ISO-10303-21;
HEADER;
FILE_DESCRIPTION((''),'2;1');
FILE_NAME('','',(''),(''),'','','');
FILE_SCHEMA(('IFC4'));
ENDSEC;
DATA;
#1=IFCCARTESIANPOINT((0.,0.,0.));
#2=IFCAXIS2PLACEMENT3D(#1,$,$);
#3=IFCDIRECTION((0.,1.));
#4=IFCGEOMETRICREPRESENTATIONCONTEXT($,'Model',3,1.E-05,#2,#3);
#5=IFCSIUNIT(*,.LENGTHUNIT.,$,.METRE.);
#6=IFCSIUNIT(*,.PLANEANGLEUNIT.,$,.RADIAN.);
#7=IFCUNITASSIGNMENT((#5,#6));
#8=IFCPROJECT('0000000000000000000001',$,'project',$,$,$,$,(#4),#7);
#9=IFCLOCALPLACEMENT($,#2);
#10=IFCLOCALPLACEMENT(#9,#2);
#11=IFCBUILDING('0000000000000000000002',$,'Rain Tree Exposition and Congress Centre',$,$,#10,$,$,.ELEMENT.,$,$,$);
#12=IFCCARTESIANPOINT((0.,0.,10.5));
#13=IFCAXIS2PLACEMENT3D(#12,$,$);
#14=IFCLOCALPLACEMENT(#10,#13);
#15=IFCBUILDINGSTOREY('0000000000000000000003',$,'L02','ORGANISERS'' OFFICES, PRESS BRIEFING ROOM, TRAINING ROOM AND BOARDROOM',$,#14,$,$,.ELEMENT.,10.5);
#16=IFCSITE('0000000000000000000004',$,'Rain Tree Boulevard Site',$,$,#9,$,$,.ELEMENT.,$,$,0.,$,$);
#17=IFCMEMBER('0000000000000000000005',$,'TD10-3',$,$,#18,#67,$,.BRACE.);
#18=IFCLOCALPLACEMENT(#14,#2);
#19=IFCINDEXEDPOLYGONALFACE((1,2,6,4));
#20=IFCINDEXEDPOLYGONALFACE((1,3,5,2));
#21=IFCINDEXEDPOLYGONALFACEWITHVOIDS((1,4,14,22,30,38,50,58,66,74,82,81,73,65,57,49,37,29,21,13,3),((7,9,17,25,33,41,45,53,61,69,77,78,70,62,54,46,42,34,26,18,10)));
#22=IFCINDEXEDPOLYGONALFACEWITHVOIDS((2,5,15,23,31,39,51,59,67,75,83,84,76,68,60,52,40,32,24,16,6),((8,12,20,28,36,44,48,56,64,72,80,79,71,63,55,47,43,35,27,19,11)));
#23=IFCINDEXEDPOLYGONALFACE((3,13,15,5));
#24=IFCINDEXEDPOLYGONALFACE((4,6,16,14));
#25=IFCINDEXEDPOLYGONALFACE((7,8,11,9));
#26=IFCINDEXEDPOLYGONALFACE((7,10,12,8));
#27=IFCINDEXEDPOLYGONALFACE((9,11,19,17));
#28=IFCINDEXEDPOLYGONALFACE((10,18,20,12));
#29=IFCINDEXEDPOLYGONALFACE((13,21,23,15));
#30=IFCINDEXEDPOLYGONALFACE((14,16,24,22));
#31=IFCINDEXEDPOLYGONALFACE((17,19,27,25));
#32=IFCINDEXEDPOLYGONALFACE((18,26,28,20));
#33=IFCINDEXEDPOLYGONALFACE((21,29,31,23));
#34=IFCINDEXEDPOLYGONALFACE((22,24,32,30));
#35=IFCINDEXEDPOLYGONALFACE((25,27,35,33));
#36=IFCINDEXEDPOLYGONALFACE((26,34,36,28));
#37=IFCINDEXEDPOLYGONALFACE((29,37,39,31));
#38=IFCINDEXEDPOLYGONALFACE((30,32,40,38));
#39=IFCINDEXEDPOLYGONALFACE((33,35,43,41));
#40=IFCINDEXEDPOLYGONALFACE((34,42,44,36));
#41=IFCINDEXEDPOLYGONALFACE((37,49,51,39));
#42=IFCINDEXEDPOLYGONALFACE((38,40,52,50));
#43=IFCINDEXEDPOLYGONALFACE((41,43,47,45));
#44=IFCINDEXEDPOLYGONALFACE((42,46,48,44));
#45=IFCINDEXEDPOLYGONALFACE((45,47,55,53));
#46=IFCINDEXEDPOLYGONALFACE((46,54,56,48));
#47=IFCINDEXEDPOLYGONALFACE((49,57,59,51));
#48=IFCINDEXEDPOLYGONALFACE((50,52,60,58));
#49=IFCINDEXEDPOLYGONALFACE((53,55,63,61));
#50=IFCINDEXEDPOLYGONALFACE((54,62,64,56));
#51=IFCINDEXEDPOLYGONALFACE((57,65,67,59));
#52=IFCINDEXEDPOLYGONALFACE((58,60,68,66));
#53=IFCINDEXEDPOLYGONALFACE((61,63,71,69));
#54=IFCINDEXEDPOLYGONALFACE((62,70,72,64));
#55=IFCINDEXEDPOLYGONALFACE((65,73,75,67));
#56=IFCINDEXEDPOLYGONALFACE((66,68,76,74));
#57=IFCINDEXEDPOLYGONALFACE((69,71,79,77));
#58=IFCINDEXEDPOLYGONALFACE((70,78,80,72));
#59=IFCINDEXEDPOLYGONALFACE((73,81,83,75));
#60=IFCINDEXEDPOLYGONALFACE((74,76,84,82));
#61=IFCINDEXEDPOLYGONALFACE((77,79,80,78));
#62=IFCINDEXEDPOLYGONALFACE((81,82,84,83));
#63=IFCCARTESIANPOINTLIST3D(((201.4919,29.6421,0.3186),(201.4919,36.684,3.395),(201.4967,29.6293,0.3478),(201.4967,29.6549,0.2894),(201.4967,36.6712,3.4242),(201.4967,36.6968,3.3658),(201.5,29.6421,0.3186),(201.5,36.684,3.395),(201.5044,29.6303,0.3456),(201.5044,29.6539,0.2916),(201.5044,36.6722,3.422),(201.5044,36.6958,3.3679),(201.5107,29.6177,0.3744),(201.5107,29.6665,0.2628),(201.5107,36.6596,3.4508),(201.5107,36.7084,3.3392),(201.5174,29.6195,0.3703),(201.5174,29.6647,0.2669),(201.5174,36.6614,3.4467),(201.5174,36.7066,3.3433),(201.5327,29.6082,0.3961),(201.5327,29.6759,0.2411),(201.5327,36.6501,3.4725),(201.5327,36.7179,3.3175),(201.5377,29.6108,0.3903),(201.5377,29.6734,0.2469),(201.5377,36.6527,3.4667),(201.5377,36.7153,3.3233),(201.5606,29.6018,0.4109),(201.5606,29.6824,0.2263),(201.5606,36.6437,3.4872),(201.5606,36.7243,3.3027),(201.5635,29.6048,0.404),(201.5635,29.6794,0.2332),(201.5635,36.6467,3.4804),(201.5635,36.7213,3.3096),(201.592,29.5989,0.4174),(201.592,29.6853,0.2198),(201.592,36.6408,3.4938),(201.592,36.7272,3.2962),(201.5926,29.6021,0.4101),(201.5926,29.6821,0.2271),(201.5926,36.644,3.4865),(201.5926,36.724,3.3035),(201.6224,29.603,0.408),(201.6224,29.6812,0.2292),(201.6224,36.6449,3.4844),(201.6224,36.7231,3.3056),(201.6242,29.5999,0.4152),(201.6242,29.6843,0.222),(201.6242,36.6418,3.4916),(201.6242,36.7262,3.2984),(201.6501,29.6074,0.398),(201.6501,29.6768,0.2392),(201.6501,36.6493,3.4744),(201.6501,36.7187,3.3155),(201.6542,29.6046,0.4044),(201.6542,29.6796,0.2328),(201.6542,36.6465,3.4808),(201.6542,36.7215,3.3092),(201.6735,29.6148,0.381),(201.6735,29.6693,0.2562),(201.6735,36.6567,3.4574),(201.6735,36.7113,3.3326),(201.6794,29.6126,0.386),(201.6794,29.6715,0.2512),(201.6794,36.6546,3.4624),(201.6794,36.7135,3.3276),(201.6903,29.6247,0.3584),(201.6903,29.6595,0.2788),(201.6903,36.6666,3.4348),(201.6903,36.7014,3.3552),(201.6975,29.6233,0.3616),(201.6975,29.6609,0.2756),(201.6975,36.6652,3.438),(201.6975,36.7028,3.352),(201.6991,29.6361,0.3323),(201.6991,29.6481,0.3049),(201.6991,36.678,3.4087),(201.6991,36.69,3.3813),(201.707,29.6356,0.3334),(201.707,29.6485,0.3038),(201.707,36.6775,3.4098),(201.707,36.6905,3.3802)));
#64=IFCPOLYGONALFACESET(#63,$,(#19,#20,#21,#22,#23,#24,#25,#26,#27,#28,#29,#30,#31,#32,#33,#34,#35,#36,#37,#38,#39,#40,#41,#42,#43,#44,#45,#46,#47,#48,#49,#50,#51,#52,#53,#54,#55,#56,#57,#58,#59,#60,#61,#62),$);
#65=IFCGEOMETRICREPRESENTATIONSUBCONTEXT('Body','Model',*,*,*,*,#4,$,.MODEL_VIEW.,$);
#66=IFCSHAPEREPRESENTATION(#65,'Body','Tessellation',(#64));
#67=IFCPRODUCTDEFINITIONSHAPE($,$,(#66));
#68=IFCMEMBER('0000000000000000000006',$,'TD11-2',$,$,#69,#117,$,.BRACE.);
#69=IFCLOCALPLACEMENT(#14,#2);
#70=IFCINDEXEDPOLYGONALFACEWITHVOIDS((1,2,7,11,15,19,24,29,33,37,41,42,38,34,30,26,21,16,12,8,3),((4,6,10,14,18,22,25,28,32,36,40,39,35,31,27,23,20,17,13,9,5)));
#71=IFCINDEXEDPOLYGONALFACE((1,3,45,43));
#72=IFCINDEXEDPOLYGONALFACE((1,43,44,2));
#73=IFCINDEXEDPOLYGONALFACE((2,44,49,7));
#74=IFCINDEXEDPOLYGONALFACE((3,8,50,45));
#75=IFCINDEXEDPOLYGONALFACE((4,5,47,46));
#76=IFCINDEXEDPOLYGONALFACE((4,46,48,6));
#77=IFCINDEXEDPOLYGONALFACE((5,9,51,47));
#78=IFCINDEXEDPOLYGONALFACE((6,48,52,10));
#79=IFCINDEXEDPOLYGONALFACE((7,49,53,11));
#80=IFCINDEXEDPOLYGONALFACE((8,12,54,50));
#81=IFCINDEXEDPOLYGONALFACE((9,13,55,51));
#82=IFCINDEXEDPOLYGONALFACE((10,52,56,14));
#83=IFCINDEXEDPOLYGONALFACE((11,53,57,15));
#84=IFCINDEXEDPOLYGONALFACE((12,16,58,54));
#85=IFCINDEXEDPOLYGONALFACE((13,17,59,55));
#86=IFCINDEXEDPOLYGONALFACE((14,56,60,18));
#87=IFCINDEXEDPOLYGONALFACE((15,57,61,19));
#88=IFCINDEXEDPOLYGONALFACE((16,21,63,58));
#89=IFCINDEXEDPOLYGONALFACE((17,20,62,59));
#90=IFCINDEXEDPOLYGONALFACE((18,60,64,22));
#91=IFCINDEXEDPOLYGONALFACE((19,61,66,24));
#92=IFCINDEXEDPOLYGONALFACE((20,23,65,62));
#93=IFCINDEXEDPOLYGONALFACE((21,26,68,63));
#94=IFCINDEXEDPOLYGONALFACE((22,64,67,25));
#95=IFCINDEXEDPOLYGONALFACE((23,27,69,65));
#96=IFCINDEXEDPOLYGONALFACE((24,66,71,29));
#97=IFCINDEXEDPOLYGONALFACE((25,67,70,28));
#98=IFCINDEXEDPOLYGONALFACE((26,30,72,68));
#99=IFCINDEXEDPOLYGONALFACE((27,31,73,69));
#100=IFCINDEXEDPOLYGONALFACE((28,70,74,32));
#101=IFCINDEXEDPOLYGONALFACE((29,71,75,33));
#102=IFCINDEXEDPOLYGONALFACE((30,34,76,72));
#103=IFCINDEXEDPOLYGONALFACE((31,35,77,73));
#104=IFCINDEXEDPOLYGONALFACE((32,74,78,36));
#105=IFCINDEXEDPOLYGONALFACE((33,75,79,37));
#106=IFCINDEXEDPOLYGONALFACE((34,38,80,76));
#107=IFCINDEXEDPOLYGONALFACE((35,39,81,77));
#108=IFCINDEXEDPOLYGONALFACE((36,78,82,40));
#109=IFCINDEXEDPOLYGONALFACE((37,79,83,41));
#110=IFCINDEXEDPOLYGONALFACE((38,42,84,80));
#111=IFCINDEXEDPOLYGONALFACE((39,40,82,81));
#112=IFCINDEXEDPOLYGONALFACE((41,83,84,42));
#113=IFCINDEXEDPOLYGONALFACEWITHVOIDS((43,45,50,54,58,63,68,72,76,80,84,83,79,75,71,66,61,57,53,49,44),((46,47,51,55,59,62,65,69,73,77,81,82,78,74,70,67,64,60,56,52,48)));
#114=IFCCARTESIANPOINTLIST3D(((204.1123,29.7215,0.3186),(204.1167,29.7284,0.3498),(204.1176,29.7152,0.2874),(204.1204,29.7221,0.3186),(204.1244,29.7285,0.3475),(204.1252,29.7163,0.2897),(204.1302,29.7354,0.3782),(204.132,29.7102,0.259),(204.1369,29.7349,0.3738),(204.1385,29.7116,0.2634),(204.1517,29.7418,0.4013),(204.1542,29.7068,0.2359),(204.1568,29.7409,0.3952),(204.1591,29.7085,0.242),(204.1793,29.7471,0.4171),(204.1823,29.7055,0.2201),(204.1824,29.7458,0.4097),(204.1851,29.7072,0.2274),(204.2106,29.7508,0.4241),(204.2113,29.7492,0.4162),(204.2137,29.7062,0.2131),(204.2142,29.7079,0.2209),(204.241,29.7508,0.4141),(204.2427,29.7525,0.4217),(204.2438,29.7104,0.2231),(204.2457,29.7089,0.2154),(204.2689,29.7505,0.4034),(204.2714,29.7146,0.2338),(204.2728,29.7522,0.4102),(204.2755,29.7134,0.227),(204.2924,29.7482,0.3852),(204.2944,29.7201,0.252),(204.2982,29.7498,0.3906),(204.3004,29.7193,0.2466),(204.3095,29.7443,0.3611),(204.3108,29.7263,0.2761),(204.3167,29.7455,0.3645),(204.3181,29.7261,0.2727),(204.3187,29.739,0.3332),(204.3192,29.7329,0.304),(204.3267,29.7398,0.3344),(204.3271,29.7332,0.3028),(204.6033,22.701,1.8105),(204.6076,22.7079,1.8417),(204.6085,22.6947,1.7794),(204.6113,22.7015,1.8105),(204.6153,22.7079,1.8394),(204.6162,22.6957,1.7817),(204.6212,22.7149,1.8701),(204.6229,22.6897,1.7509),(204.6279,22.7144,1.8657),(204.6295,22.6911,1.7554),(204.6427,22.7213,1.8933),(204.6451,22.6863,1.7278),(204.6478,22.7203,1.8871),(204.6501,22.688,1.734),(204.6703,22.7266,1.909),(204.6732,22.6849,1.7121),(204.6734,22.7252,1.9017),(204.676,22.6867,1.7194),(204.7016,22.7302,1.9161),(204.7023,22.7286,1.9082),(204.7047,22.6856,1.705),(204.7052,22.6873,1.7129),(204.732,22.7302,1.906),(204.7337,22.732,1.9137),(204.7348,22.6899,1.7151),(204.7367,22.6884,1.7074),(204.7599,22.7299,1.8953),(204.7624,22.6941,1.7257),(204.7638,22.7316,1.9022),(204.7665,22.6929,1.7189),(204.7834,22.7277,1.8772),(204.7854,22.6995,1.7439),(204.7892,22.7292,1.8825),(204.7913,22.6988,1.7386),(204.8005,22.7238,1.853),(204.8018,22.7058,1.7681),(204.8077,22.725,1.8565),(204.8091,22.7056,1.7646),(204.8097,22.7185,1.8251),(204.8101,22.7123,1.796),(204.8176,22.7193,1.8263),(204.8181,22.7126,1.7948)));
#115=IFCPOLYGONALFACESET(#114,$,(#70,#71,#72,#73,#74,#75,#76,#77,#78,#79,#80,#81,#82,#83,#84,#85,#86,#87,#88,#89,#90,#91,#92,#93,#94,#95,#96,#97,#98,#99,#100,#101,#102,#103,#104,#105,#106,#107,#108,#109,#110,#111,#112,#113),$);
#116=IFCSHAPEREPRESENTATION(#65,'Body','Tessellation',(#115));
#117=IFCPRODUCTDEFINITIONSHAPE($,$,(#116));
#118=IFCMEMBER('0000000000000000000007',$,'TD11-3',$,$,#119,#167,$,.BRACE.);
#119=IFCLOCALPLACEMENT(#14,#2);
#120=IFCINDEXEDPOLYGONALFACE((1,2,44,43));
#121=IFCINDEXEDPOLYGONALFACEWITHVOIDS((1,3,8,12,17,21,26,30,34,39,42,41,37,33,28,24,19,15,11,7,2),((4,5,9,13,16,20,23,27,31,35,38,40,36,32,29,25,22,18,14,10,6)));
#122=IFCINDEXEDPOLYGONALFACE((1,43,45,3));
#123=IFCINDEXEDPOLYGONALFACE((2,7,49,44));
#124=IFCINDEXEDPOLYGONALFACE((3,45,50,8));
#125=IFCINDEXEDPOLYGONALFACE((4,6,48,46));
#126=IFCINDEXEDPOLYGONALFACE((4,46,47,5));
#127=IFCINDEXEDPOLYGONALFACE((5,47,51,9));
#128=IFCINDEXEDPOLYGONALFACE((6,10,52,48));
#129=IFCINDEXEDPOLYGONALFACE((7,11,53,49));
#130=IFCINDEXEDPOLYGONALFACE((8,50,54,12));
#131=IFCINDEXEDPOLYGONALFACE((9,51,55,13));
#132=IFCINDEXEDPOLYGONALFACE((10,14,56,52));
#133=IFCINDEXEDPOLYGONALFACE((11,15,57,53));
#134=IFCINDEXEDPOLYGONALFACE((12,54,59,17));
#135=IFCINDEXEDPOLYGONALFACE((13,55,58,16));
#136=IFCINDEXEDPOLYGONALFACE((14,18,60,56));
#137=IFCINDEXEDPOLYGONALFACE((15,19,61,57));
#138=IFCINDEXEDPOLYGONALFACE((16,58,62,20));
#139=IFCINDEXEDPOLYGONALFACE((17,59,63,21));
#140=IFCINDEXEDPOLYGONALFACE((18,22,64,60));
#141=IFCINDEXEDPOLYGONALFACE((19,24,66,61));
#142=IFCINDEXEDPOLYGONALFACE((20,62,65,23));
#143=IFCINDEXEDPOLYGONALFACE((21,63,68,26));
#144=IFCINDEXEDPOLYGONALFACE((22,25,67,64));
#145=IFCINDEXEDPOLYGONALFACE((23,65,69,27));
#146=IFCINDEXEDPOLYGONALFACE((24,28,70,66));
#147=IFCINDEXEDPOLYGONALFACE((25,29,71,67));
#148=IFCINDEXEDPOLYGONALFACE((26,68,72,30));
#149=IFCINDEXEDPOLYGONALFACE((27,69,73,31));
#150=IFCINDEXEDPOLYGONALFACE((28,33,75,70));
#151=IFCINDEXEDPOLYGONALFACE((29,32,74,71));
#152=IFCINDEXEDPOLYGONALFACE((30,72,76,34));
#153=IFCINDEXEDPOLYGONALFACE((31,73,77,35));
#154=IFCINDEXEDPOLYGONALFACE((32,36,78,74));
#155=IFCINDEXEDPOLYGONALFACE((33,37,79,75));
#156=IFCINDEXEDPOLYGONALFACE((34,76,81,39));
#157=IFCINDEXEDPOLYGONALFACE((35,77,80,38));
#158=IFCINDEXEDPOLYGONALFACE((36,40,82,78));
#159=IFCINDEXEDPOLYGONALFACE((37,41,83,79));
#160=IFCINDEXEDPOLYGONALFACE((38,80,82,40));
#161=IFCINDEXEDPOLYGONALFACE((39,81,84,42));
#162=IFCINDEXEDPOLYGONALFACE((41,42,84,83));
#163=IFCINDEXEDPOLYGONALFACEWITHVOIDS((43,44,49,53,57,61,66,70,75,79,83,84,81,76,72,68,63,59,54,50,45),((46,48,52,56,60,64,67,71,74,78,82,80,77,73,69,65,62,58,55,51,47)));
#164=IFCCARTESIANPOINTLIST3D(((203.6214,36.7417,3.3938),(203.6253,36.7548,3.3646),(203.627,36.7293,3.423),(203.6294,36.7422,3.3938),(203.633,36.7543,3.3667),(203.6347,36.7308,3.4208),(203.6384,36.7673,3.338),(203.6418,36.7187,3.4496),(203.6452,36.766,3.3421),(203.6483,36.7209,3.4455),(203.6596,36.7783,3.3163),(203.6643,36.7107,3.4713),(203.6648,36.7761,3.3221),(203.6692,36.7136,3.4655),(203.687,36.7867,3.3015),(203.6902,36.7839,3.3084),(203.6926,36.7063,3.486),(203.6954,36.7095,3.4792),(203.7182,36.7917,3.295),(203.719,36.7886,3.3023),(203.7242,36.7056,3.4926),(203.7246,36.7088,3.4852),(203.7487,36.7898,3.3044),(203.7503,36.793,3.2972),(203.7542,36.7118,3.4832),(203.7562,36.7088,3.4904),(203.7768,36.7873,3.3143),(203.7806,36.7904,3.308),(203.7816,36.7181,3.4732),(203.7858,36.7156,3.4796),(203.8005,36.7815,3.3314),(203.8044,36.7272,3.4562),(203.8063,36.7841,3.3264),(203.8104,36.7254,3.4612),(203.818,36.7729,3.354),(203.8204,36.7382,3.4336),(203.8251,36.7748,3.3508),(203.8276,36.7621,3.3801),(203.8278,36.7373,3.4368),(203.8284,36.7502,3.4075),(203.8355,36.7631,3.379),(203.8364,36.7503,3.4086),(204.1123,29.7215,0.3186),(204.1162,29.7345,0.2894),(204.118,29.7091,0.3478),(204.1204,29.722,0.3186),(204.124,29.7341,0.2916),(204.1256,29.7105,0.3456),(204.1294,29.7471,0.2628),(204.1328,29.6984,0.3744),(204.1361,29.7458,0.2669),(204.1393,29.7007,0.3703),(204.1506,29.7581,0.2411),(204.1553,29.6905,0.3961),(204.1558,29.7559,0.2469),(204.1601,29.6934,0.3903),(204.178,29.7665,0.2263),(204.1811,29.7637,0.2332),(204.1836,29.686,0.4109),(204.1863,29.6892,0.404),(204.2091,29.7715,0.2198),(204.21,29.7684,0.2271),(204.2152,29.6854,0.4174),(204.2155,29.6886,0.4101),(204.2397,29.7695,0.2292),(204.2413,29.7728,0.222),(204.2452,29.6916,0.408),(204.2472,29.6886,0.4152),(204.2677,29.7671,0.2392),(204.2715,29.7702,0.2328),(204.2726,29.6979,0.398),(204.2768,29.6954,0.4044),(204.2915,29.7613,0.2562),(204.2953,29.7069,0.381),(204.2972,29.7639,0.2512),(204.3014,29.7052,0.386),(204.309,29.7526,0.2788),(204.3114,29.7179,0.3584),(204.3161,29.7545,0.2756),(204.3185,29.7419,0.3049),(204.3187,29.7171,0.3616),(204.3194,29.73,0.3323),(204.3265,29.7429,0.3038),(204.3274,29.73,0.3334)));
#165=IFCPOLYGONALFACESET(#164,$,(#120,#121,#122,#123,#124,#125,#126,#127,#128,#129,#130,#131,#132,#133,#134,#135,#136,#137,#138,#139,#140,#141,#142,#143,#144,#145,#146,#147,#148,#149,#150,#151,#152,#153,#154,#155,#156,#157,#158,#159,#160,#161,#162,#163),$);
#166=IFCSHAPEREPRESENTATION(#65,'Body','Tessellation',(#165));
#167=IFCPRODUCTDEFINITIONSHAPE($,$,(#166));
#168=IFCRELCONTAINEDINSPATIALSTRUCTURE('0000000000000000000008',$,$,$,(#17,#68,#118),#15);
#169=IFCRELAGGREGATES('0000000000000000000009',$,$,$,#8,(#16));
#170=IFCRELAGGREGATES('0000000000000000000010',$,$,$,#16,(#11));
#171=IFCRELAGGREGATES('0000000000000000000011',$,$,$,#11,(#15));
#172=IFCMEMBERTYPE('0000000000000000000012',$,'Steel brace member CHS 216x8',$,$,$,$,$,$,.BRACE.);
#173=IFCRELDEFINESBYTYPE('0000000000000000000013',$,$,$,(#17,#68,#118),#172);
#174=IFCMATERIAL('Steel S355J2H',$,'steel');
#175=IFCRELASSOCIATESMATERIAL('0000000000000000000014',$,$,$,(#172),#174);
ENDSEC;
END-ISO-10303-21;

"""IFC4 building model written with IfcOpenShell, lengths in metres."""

from ifc_helpers import new_model, si_unit, direction, frame, origin, origin_2d, place, context, subcontext, project, spatial, hollow_circle, extrude, material, material_profile, profile_set, type_object, element, save


model = new_model("IFC4")

# Units and contexts
model_context = context("Model", 3, precision=1e-05, world=origin(), true_north=direction((0.0, 1.0)))
body_context = subcontext(model_context, "Body", "Model", "MODEL_VIEW")
ifc_project = project(units=[si_unit("LENGTHUNIT", "METRE"), si_unit("PLANEANGLEUNIT", "RADIAN")], contexts=[model_context])

# Site, building, storey
site_placement = place(None, origin())
site = spatial("IfcSite", under=ifc_project, at=site_placement, Name="Rain Tree Boulevard Site", CompositionType="ELEMENT", RefElevation=0.0)
building_placement = place(site_placement, origin())
building = spatial("IfcBuilding", under=site, at=building_placement, Name="Rain Tree Exposition and Congress Centre", CompositionType="ELEMENT")
storey_placement = place(building_placement, frame((0.0, 0.0, 10.5)))
storey = spatial("IfcBuildingStorey", under=building, at=storey_placement, Name="L02", Description="ORGANISERS' OFFICES, PRESS BRIEFING ROOM, TRAINING ROOM AND BOARDROOM", CompositionType="ELEMENT", Elevation=10.5)

# Members
ifc_material_1 = material(Name="Steel S355J2H", Category="steel")
ifc_material_profile_1 = material_profile(ifc_material_1, hollow_circle(Radius=0.1082, WallThickness=0.0081, at=origin_2d()), Name="CHS 216x8")
ifc_profile_set_1 = profile_set([ifc_material_profile_1], Name="Steel S355J2H")
member_type_1 = type_object("IfcMemberType", Name="Steel brace member CHS 216x8", PredefinedType="BRACE", material=ifc_profile_set_1)
member_1_placement = place(storey_placement, frame((201.6001, 29.6421, 0.3186), z_axis=(0.0, 0.91637, 0.400332), x_axis=(-1.0, 0.0, 0.0)))
element("IfcMember", 1, at=member_1_placement, inside=storey, type_object=member_type_1, Name="TD10-3", PredefinedType="BRACE", context=body_context, shape_type="SweptSolid", body=[
    extrude(hollow_circle(Radius=0.1082, WallThickness=0.0081, at=origin_2d()), origin(), (0.0, 0.0, 1.0), 7.6846),
])
member_2_placement = place(storey_placement, frame((204.7112, 22.7085, 1.8105), z_axis=(-0.068246, 0.975876, -0.207386), x_axis=(-0.997564, -0.069763, 0.0)))
element("IfcMember", 2, at=member_2_placement, inside=storey, type_object=member_type_1, Name="TD11-2", PredefinedType="BRACE", context=body_context, shape_type="SweptSolid", body=[
    extrude(hollow_circle(Radius=0.1082, WallThickness=0.0081, at=origin_2d()), origin(), (0.0, 0.0, 1.0), 7.1941),
])
member_3_placement = place(storey_placement, frame((204.2202, 29.729, 0.3186), z_axis=(-0.063928, 0.9141, 0.400417), x_axis=(-0.997563, -0.069765, 0.0)))
element("IfcMember", 3, at=member_3_placement, inside=storey, type_object=member_type_1, Name="TD11-3", PredefinedType="BRACE", context=body_context, shape_type="SweptSolid", body=[
    extrude(hollow_circle(Radius=0.1082, WallThickness=0.0081, at=origin_2d()), origin(), (0.0, 0.0, 1.0), 7.6799),
])

save(model, "model.ifc")
